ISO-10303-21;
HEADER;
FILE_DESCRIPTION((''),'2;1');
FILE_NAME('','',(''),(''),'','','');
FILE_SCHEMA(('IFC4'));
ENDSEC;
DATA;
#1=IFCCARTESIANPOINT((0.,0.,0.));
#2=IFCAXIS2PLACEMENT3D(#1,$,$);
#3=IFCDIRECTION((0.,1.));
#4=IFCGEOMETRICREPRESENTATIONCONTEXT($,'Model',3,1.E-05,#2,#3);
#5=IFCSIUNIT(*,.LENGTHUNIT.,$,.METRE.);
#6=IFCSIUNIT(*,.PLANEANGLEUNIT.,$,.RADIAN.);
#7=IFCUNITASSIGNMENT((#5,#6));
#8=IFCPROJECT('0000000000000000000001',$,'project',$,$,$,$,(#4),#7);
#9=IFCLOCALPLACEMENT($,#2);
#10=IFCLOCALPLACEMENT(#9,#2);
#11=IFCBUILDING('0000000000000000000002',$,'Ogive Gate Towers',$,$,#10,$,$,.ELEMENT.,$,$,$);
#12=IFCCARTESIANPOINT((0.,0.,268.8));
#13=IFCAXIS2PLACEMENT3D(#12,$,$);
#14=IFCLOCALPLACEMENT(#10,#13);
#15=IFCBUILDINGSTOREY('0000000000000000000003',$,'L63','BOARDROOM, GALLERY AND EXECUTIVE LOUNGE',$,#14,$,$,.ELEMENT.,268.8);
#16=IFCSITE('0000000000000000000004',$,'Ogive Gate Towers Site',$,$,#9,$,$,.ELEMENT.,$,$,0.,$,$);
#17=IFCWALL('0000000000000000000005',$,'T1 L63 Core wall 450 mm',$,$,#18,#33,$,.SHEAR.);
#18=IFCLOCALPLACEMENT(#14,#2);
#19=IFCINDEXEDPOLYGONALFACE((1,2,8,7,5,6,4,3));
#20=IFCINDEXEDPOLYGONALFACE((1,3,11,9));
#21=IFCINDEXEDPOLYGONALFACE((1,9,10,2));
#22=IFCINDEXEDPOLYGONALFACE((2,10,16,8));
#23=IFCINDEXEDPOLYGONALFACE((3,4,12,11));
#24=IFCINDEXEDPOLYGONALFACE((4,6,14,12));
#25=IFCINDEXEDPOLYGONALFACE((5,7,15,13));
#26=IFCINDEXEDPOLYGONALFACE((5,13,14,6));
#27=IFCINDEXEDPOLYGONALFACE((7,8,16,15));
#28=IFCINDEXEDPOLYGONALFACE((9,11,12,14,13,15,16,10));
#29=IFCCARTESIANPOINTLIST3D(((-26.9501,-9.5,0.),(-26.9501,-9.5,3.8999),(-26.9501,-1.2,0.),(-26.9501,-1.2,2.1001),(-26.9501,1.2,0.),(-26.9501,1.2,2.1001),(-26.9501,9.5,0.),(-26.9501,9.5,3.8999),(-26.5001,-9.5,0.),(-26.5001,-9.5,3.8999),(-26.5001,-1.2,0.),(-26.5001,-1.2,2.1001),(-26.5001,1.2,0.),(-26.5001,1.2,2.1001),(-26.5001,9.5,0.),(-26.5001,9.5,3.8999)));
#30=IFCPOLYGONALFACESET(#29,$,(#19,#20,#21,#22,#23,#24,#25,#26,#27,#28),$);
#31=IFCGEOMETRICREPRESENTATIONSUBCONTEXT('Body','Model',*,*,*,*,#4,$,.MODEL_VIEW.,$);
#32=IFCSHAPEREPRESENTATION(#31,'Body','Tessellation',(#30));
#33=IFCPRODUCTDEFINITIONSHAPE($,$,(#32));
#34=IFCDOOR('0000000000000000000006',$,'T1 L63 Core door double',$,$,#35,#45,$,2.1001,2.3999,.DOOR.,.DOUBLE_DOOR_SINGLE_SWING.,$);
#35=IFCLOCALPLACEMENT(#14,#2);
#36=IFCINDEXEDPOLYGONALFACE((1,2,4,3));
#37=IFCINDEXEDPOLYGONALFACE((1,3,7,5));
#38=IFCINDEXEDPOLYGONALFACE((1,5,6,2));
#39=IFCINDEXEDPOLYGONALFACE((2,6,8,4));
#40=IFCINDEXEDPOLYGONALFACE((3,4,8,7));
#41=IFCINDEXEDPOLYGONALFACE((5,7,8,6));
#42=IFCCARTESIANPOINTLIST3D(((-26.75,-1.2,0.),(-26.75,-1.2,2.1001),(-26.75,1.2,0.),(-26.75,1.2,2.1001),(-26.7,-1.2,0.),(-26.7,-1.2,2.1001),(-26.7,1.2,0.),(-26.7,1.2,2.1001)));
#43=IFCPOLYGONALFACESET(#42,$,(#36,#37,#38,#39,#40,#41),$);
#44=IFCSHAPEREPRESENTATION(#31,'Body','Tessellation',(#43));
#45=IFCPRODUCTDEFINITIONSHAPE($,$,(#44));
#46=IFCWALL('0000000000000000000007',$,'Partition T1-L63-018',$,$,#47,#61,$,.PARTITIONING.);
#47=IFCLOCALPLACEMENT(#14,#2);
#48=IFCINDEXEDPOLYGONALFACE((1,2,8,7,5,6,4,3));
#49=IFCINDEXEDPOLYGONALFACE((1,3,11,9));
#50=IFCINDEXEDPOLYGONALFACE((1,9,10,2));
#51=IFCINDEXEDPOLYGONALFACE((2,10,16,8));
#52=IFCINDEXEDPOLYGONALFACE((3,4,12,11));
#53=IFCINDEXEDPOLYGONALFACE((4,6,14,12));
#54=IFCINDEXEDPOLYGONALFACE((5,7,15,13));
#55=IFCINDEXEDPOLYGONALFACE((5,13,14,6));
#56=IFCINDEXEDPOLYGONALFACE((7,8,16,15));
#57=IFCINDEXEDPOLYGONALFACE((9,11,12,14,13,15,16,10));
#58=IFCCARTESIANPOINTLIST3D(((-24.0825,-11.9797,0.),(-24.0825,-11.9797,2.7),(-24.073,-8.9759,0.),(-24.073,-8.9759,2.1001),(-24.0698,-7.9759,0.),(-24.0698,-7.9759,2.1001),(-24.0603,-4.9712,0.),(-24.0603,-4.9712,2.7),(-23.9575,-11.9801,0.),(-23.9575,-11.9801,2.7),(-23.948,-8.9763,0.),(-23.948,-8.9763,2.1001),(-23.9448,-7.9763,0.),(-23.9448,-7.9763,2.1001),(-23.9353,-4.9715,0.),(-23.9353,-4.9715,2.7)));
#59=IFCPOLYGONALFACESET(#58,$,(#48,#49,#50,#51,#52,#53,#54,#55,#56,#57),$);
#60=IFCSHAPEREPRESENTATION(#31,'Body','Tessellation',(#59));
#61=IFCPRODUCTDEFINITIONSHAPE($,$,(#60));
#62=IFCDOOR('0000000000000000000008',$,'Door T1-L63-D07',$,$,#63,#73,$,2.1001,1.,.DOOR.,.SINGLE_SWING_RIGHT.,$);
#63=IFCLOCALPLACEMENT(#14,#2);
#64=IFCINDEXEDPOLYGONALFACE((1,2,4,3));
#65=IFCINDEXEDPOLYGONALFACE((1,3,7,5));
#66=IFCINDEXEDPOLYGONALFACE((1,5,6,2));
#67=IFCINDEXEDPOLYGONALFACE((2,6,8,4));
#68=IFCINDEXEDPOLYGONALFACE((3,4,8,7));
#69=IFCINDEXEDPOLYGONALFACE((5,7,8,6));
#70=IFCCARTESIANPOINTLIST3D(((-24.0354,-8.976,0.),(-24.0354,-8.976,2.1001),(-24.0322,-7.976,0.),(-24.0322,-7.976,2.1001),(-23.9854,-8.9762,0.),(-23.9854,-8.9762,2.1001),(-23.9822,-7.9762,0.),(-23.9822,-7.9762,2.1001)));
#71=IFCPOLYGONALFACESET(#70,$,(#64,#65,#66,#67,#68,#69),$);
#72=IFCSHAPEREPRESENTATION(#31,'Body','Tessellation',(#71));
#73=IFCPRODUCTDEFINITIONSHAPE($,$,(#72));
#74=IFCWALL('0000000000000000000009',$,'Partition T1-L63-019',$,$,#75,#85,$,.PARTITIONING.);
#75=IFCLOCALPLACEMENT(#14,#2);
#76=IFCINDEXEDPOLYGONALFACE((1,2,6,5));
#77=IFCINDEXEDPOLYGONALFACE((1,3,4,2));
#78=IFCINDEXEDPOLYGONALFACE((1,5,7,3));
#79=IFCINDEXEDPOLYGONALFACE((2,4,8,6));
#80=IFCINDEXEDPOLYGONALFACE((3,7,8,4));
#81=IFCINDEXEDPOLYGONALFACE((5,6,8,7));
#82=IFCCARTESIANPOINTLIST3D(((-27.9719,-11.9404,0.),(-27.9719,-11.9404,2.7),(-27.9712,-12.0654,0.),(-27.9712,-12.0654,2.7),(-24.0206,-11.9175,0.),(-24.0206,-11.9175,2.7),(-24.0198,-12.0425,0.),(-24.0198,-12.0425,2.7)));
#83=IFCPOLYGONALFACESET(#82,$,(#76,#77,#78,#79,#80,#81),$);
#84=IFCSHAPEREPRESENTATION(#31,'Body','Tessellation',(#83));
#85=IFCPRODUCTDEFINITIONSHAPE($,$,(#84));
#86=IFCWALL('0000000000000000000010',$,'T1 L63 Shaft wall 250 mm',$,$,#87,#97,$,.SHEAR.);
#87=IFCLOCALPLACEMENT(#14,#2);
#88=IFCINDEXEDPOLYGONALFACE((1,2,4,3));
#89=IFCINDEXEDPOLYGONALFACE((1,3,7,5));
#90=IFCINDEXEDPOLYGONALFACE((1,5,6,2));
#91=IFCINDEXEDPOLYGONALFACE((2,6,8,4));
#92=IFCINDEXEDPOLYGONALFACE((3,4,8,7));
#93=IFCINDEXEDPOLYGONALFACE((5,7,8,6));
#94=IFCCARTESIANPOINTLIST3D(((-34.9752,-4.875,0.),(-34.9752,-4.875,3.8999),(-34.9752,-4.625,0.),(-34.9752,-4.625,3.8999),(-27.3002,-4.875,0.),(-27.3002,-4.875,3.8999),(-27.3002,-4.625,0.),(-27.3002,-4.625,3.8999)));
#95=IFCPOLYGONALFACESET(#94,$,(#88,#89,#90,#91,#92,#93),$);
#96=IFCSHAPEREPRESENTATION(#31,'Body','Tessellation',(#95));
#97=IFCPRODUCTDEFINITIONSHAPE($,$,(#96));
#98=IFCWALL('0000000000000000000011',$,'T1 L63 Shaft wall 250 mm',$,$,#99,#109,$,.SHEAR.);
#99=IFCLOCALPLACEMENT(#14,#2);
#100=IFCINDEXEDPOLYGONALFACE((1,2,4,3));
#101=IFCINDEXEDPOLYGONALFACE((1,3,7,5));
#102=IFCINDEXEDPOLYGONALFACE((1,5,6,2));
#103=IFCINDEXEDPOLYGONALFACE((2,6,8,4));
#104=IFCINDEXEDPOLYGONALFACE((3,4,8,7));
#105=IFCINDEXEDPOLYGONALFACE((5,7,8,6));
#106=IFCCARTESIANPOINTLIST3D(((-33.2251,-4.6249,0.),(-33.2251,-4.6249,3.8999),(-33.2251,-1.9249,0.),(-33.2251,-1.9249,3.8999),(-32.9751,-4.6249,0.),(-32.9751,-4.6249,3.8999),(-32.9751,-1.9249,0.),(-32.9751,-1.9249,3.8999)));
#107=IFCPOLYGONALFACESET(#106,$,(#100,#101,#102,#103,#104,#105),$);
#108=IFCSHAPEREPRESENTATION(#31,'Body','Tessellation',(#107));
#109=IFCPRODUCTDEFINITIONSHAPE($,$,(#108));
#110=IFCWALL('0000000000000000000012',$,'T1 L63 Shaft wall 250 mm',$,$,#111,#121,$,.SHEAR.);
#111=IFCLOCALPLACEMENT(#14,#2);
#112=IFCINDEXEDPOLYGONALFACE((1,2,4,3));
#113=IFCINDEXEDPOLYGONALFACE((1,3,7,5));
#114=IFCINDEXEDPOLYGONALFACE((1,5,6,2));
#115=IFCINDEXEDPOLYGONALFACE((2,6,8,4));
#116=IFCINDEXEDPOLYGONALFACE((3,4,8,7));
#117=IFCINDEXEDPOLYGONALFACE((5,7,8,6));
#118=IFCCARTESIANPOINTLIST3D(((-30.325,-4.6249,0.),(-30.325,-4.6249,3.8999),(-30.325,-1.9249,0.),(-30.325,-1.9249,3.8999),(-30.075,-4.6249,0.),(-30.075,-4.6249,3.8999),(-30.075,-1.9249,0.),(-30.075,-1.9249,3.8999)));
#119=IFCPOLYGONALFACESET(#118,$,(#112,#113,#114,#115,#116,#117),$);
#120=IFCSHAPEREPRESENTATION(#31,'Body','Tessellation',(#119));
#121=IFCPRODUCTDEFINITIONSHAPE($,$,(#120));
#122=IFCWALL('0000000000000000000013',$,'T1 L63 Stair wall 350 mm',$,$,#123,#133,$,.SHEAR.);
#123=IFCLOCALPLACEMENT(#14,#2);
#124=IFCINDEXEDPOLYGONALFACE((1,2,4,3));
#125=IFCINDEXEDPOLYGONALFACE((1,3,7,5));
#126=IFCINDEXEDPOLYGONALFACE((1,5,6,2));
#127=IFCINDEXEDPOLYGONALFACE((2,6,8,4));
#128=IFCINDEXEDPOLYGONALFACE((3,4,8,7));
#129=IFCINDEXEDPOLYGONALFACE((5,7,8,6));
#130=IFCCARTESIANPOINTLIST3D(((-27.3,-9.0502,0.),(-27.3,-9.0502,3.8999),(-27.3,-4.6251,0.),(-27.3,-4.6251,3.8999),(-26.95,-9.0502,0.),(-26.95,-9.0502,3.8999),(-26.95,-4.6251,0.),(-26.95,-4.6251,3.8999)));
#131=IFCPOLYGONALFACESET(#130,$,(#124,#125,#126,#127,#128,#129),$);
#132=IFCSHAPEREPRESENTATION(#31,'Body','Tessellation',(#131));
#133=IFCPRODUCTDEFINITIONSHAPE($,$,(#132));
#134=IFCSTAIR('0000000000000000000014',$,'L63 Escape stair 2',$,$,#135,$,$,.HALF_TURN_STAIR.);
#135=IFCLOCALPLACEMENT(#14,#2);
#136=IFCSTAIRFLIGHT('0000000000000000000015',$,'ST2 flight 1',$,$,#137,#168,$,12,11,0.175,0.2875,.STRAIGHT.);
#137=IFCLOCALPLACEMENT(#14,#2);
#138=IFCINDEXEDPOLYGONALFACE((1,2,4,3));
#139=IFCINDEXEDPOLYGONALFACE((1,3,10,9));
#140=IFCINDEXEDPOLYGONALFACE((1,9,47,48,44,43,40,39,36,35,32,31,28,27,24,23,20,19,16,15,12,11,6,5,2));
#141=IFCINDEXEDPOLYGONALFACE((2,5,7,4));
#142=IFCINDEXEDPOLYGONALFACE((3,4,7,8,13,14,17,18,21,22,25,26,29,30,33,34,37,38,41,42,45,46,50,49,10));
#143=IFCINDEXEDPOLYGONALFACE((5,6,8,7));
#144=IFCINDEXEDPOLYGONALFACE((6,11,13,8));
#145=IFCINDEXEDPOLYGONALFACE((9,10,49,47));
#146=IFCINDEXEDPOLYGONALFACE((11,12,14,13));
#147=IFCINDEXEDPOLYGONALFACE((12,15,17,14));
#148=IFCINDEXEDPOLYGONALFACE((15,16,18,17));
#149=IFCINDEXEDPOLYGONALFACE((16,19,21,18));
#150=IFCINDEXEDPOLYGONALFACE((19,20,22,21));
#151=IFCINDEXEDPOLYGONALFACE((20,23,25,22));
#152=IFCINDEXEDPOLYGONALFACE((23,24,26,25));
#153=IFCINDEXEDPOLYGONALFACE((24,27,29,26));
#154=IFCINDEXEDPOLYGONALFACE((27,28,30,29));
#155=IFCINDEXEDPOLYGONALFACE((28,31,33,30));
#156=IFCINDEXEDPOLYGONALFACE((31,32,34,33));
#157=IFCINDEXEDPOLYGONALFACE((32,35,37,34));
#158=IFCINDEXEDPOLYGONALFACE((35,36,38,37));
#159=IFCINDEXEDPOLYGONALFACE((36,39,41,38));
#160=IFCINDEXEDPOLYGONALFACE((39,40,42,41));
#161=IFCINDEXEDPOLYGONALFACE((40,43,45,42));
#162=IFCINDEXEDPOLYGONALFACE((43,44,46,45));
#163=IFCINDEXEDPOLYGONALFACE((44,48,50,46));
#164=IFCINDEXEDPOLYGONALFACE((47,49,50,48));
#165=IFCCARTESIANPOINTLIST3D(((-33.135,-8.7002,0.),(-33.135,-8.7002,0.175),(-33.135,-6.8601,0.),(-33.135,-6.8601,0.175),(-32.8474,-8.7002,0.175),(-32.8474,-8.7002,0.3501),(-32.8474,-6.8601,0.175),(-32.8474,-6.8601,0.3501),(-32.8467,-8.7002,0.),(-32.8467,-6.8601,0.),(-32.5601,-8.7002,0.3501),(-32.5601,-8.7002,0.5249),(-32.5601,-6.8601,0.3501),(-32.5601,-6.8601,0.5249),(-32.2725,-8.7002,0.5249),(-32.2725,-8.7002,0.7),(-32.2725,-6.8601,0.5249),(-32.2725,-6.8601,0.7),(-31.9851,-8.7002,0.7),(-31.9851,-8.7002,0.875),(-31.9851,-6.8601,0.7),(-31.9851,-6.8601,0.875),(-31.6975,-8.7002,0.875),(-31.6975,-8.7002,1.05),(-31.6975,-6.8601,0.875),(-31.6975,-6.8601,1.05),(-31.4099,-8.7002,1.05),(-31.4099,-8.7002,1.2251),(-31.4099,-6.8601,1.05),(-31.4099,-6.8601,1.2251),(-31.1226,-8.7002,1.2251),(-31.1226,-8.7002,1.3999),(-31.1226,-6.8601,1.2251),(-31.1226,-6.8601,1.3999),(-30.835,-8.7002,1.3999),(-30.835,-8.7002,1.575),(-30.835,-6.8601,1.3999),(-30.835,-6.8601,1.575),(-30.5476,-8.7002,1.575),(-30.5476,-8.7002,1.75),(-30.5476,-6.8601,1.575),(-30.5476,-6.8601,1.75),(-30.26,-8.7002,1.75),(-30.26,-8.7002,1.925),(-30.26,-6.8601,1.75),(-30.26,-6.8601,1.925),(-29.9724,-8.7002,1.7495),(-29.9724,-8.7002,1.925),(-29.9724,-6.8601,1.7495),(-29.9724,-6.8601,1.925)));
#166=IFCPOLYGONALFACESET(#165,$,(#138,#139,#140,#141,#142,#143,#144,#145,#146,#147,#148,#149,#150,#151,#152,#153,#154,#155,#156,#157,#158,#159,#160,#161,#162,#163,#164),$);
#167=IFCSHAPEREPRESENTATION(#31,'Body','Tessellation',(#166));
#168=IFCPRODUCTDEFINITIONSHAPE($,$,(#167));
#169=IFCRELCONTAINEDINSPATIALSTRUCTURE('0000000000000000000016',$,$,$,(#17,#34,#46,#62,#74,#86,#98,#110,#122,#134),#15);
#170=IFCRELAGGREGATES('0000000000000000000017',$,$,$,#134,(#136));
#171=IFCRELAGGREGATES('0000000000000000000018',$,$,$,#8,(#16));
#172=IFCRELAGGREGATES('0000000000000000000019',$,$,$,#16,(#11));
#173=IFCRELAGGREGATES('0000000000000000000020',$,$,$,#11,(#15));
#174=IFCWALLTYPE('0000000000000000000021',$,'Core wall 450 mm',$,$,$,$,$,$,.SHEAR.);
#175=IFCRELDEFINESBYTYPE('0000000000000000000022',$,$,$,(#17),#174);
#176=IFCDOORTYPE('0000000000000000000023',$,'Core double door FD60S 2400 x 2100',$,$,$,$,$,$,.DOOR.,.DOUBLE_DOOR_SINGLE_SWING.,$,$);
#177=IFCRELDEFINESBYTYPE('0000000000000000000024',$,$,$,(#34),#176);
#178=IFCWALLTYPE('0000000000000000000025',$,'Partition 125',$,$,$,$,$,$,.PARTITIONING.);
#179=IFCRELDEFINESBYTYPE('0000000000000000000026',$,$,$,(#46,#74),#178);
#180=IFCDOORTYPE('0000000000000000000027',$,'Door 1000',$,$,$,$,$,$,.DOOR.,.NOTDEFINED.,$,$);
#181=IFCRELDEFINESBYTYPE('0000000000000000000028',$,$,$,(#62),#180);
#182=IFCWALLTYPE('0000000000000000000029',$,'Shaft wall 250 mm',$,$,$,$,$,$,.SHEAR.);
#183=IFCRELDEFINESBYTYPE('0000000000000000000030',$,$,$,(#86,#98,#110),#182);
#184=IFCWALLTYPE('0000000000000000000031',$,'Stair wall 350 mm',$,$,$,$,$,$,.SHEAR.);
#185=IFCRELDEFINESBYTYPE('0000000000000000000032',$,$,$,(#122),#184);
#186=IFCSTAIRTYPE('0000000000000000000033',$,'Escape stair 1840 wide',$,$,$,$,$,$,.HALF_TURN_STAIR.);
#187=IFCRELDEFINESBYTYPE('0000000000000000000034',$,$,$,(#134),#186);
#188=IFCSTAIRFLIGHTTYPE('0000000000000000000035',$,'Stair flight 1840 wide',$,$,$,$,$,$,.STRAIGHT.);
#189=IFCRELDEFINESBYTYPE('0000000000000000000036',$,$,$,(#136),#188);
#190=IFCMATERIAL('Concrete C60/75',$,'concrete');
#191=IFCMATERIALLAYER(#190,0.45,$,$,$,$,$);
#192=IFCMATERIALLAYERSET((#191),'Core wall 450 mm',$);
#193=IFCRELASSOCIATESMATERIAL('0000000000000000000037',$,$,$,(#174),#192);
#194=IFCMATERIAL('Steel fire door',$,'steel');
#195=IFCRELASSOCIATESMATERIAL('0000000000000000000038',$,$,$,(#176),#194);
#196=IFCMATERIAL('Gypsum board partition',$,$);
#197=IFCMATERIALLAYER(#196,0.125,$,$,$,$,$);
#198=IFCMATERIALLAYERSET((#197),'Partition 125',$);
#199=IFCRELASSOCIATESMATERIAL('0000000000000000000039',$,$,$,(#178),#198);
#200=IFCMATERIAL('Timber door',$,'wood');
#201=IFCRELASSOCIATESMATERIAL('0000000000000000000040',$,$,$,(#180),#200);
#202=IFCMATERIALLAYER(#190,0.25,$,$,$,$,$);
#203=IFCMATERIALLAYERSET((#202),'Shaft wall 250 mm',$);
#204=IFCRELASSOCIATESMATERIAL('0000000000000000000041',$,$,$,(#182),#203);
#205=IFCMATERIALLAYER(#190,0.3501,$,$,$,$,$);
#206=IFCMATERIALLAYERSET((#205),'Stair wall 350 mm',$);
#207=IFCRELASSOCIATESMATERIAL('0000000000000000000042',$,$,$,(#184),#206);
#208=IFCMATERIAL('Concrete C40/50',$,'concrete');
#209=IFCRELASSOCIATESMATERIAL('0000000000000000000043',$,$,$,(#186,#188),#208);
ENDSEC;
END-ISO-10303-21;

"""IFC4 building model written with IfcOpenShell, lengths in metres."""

from ifc_helpers import new_model, si_unit, direction, frame, frame_2d, origin, place, context, subcontext, project, spatial, polyline, rectangle, outline, extrude, material, layer, layer_set, type_object, element, fill, aggregate, save


model = new_model("IFC4")

# Units and contexts
model_context = context("Model", 3, precision=1e-05, world=origin(), true_north=direction((0.0, 1.0)))
body_context = subcontext(model_context, "Body", "Model", "MODEL_VIEW")
ifc_project = project(units=[si_unit("LENGTHUNIT", "METRE"), si_unit("PLANEANGLEUNIT", "RADIAN")], contexts=[model_context])

# Site, building, storey
site_placement = place(None, origin())
site = spatial("IfcSite", under=ifc_project, at=site_placement, Name="Ogive Gate Towers Site", CompositionType="ELEMENT", RefElevation=0.0)
building_placement = place(site_placement, origin())
building = spatial("IfcBuilding", under=site, at=building_placement, Name="Ogive Gate Towers", CompositionType="ELEMENT")
storey_placement = place(building_placement, frame((0.0, 0.0, 268.8)))
storey = spatial("IfcBuildingStorey", under=building, at=storey_placement, Name="L63", Description="BOARDROOM, GALLERY AND EXECUTIVE LOUNGE", CompositionType="ELEMENT", Elevation=268.8)

# Walls, openings, doors
ifc_material_1 = material(Name="Timber door", Category="wood")
ifc_material_2 = material(Name="Concrete C60/75", Category="concrete")
ifc_layer_1 = layer(ifc_material_2, 0.45)
ifc_layer_set_1 = layer_set([ifc_layer_1], Name="Core wall 450 mm")
wall_type_1 = type_object("IfcWallType", Name="Core wall 450 mm", PredefinedType="SHEAR", material=ifc_layer_set_1)
wall_1_placement = place(storey_placement, frame((-26.7251, -9.5, 0.0), z_axis=(0.0, 0.0, 1.0), x_axis=(0.0, 1.0, 0.0)))
wall_1 = element("IfcWall", 1, at=wall_1_placement, inside=storey, type_object=wall_type_1, Name="T1 L63 Core wall 450 mm", PredefinedType="SHEAR", context=body_context, shape_type="SweptSolid", body=[
    extrude(rectangle(XDim=19.0, YDim=0.45, at=frame_2d((9.5, 0.0))), origin(), (0.0, 0.0, 1.0), 3.8999),
])
opening_1_placement = place(wall_1_placement, frame((8.3, 0.0, 0.0)))
opening_1 = element("IfcOpeningElement", 2, at=opening_1_placement, cuts=wall_1, PredefinedType="OPENING", context=body_context, shape_type="SweptSolid", body=[
    extrude(rectangle(XDim=2.3999, YDim=2.1001, at=frame_2d((1.2, 1.05))), frame((0.0, 0.2349, 0.0), z_axis=(0.0, -1.0, 0.0), x_axis=(1.0, 0.0, 0.0)), (0.0, 0.0, 1.0), 0.47),
])
ifc_material_3 = material(Name="Steel fire door", Category="steel")
door_type_1 = type_object("IfcDoorType", Name="Core double door FD60S 2400 x 2100", OperationType="DOUBLE_DOOR_SINGLE_SWING", PredefinedType="DOOR", material=ifc_material_3)
door_1_placement = place(opening_1_placement, origin())
door_1 = element("IfcDoor", 3, at=door_1_placement, inside=storey, type_object=door_type_1, Name="T1 L63 Core door double", OperationType="DOUBLE_DOOR_SINGLE_SWING", OverallHeight=2.1001, OverallWidth=2.3999, PredefinedType="DOOR", context=body_context, shape_type="SweptSolid", body=[
    extrude(rectangle(XDim=2.3999, YDim=2.1001, at=frame_2d((1.2, 1.05))), frame((0.0, 0.0249, 0.0), z_axis=(0.0, -1.0, 0.0), x_axis=(1.0, 0.0, 0.0)), (0.0, 0.0, 1.0), 0.05),
])
fill(opening_1, door_1)
ifc_material_4 = material(Name="Gypsum board partition")
ifc_layer_2 = layer(ifc_material_4, 0.125)
ifc_layer_set_2 = layer_set([ifc_layer_2], Name="Partition 125")
wall_type_2 = type_object("IfcWallType", Name="Partition 125", PredefinedType="PARTITIONING", material=ifc_layer_set_2)
wall_2_placement = place(storey_placement, frame((-24.02, -11.98, 0.0), z_axis=(0.0, 0.0, 1.0), x_axis=(0.00317, 0.999995, 0.0)))
wall_2 = element("IfcWall", 4, at=wall_2_placement, inside=storey, type_object=wall_type_2, Name="Partition T1-L63-018", PredefinedType="PARTITIONING", context=body_context, shape_type="SweptSolid", body=[
    extrude(rectangle(XDim=7.0085, YDim=0.125, at=frame_2d((3.5044, 0.0))), origin(), (0.0, 0.0, 1.0), 2.7),
])
opening_2_placement = place(wall_2_placement, frame((3.0039, 0.0, 0.0)))
opening_2 = element("IfcOpeningElement", 5, at=opening_2_placement, cuts=wall_2, PredefinedType="OPENING", context=body_context, shape_type="SweptSolid", body=[
    extrude(rectangle(XDim=1.0, YDim=2.1001, at=frame_2d((0.5, 1.05))), frame((0.0, 0.0725, 0.0), z_axis=(0.0, -1.0, 0.0), x_axis=(1.0, 0.0, 0.0)), (0.0, 0.0, 1.0), 0.145),
])
door_type_2 = type_object("IfcDoorType", Name="Door 1000", OperationType="NOTDEFINED", PredefinedType="DOOR", material=ifc_material_1)
door_2_placement = place(opening_2_placement, origin())
door_2 = element("IfcDoor", 6, at=door_2_placement, inside=storey, type_object=door_type_2, Name="Door T1-L63-D07", OperationType="SINGLE_SWING_RIGHT", OverallHeight=2.1001, OverallWidth=1.0, PredefinedType="DOOR", context=body_context, shape_type="SweptSolid", body=[
    extrude(rectangle(XDim=1.0, YDim=2.1001, at=frame_2d((0.5, 1.05))), frame((0.0, 0.0249, 0.0), z_axis=(0.0, -1.0, 0.0), x_axis=(1.0, 0.0, 0.0)), (0.0, 0.0, 1.0), 0.05),
])
fill(opening_2, door_2)

# Walls
wall_3_placement = place(storey_placement, frame((-27.9714, -12.0029, 0.0), z_axis=(0.0, 0.0, 1.0), x_axis=(0.999983, 0.005808, 0.0)))
element("IfcWall", 7, at=wall_3_placement, inside=storey, type_object=wall_type_2, Name="Partition T1-L63-019", PredefinedType="PARTITIONING", context=body_context, shape_type="SweptSolid", body=[
    extrude(rectangle(XDim=3.9514, YDim=0.125, at=frame_2d((1.9756, 0.0))), origin(), (0.0, 0.0, 1.0), 2.7),
])
ifc_layer_3 = layer(ifc_material_2, 0.25)
ifc_layer_set_3 = layer_set([ifc_layer_3], Name="Shaft wall 250 mm")
wall_type_3 = type_object("IfcWallType", Name="Shaft wall 250 mm", PredefinedType="SHEAR", material=ifc_layer_set_3)
wall_4_placement = place(storey_placement, frame((-34.9751, -4.75, 0.0), z_axis=(0.0, 0.0, 1.0), x_axis=(1.0, 0.0, 0.0)))
element("IfcWall", 8, at=wall_4_placement, inside=storey, type_object=wall_type_3, Name="T1 L63 Shaft wall 250 mm", PredefinedType="SHEAR", context=body_context, shape_type="SweptSolid", body=[
    extrude(rectangle(XDim=7.675, YDim=0.25, at=frame_2d((3.8374, 0.0))), origin(), (0.0, 0.0, 1.0), 3.8999),
])
for number, where, z_axis, x_axis, name in (
    (9, (-33.1001, -4.625, 0.0), (0.0, 0.0, 1.0), (0.0, 1.0, 0.0), "T1 L63 Shaft wall 250 mm"),
    (10, (-30.2, -4.625, 0.0), (0.0, 0.0, 1.0), (0.0, 1.0, 0.0), "T1 L63 Shaft wall 250 mm"),
):
    element("IfcWall", number, at=place(storey_placement, frame(where, z_axis=z_axis, x_axis=x_axis)), inside=storey, type_object=wall_type_3, Name=name, PredefinedType="SHEAR", context=body_context, shape_type="SweptSolid", body=[
        extrude(rectangle(XDim=2.7, YDim=0.25, at=frame_2d((1.3501, 0.0))), origin(), (0.0, 0.0, 1.0), 3.8999),
    ])
ifc_layer_4 = layer(ifc_material_2, 0.3501)
ifc_layer_set_4 = layer_set([ifc_layer_4], Name="Stair wall 350 mm")
wall_type_4 = type_object("IfcWallType", Name="Stair wall 350 mm", PredefinedType="SHEAR", material=ifc_layer_set_4)
wall_5_placement = place(storey_placement, frame((-27.125, -9.05, 0.0), z_axis=(0.0, 0.0, 1.0), x_axis=(0.0, 1.0, 0.0)))
element("IfcWall", 11, at=wall_5_placement, inside=storey, type_object=wall_type_4, Name="T1 L63 Stair wall 350 mm", PredefinedType="SHEAR", context=body_context, shape_type="SweptSolid", body=[
    extrude(rectangle(XDim=4.425, YDim=0.3501, at=frame_2d((2.2124, 0.0))), origin(), (0.0, 0.0, 1.0), 3.8999),
])

# Stair, stair flight
ifc_material_5 = material(Name="Concrete C40/50", Category="concrete")
stair_type = type_object("IfcStairType", Name="Escape stair 1840 wide", PredefinedType="HALF_TURN_STAIR", material=ifc_material_5)
stair_placement = place(storey_placement, origin())
stair = element("IfcStair", 12, at=stair_placement, inside=storey, type_object=stair_type, Name="L63 Escape stair 2", PredefinedType="HALF_TURN_STAIR")
stair_flight_type = type_object("IfcStairFlightType", Name="Stair flight 1840 wide", PredefinedType="STRAIGHT", material=ifc_material_5)
stair_flight_1_placement = place(storey_placement, frame((-33.135, -7.78, 0.0), z_axis=(0.0, 0.0, 1.0), x_axis=(1.0, 0.0, 0.0)))
stair_flight_1 = element("IfcStairFlight", 13, at=stair_flight_1_placement, type_object=stair_flight_type, Name="ST2 flight 1", NumberOfRisers=12, NumberOfTreads=11, PredefinedType="STRAIGHT", RiserHeight=0.175, TreadLength=0.2875, context=body_context, shape_type="SweptSolid", body=[
    extrude(outline(polyline([(0.0, 0.0), (0.0, 0.175), (0.2876, 0.175), (0.2876, 0.3501), (0.575, 0.3501), (0.575, 0.5249), (0.8625, 0.5249), (0.8625, 0.7), (1.1499, 0.7), (1.1499, 0.875), (1.4375, 0.875), (1.4375, 1.05), (1.7251, 1.05), (1.7251, 1.2251), (2.0125, 1.2251), (2.0125, 1.3999), (2.3, 1.3999), (2.3, 1.575), (2.5874, 1.575), (2.5874, 1.75), (2.875, 1.75), (2.875, 1.925), (3.1626, 1.925), (3.1626, 2.1001), (3.1626, 1.7495), (0.2883, 0.0), (0.0, 0.0)])), frame((0.0, 0.9199, 0.0), z_axis=(0.0, -1.0, 0.0), x_axis=(1.0, 0.0, 0.0)), (0.0, 0.0, 1.0), 1.8401),
])
aggregate(stair, [stair_flight_1])

save(model, "model.ifc")
